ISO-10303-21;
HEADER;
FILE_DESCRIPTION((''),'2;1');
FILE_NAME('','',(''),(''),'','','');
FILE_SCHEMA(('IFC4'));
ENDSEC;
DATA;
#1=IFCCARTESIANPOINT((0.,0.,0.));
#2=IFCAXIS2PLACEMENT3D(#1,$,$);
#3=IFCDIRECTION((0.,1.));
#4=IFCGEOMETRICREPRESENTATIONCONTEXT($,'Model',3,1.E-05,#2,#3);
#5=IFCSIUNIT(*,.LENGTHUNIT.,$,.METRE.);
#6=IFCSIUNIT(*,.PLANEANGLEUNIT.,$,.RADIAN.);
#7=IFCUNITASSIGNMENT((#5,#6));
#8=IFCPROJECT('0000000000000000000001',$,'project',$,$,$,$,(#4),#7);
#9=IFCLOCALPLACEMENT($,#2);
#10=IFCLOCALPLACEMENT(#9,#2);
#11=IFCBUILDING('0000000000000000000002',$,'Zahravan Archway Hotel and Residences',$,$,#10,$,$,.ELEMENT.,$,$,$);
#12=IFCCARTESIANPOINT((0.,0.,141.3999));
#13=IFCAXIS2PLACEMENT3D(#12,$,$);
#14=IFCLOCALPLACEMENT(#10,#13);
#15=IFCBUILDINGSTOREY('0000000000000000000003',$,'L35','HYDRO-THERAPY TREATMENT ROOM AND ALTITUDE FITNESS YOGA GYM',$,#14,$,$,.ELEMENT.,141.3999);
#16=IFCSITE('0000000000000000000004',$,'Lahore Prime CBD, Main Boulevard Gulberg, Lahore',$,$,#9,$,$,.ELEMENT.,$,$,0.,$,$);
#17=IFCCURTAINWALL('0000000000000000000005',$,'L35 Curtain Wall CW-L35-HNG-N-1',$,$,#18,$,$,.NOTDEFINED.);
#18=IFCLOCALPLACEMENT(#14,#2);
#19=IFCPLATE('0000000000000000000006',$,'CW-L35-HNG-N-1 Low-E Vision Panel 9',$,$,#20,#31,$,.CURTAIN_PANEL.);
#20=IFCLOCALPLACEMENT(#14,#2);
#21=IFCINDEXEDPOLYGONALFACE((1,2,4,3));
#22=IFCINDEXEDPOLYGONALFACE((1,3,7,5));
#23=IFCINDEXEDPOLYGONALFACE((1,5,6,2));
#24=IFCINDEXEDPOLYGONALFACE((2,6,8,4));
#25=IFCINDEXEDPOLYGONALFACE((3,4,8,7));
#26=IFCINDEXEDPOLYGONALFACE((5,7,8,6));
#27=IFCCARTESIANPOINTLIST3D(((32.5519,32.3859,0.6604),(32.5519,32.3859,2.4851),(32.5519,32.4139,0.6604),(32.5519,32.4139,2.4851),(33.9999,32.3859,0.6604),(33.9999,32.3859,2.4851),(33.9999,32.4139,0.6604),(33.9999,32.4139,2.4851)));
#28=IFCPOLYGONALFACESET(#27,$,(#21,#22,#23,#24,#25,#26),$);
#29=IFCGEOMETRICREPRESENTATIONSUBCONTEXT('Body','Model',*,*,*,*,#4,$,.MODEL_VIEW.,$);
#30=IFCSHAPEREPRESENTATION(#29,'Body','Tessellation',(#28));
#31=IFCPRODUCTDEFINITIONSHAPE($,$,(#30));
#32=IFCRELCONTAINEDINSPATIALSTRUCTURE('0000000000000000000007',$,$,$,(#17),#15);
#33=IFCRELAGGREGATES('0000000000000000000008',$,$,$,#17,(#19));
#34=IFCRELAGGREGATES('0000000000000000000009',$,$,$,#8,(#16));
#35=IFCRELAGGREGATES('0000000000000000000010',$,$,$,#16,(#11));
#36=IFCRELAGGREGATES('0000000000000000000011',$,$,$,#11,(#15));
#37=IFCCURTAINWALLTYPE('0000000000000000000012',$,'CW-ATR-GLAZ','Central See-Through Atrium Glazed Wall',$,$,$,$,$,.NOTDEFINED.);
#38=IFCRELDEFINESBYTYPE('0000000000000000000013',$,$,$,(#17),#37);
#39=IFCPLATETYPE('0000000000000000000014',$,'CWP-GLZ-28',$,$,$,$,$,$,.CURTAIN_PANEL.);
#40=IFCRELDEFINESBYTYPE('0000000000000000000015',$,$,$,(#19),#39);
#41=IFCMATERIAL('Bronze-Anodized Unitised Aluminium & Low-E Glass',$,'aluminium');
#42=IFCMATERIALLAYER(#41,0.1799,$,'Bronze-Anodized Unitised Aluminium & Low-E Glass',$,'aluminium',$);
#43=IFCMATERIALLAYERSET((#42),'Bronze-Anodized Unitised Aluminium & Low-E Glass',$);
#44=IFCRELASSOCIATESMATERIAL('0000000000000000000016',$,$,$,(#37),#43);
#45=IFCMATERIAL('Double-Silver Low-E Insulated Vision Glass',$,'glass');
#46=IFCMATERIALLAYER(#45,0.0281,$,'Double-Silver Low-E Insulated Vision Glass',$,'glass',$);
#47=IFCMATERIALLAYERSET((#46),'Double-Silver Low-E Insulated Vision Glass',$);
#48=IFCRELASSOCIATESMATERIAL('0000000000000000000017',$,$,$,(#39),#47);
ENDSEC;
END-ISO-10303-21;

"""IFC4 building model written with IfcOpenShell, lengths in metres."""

from ifc_helpers import new_model, si_unit, direction, frame, origin, origin_2d, place, context, subcontext, project, spatial, rectangle, extrude, source, transform, mapped, material, layer, layer_set, type_object, element, aggregate, save


model = new_model("IFC4")

# Units and contexts
model_context = context("Model", 3, precision=1e-05, world=origin(), true_north=direction((0.0, 1.0)))
body_context = subcontext(model_context, "Body", "Model", "MODEL_VIEW")
ifc_project = project(units=[si_unit("LENGTHUNIT", "METRE"), si_unit("PLANEANGLEUNIT", "RADIAN")], contexts=[model_context])

# Site, building, storey
site_placement = place(None, origin())
site = spatial("IfcSite", under=ifc_project, at=site_placement, Name="Lahore Prime CBD, Main Boulevard Gulberg, Lahore", CompositionType="ELEMENT", RefElevation=0.0)
building_placement = place(site_placement, origin())
building = spatial("IfcBuilding", under=site, at=building_placement, Name="Zahravan Archway Hotel and Residences", CompositionType="ELEMENT")
storey_placement = place(building_placement, frame((0.0, 0.0, 141.3999)))
storey = spatial("IfcBuildingStorey", under=building, at=storey_placement, Name="L35", Description="HYDRO-THERAPY TREATMENT ROOM AND ALTITUDE FITNESS YOGA GYM", CompositionType="ELEMENT", Elevation=141.3999)

# Curtain wall
ifc_material_1 = material(Name="Bronze-Anodized Unitised Aluminium & Low-E Glass", Category="aluminium")
ifc_layer_1 = layer(ifc_material_1, 0.1799, Name="Bronze-Anodized Unitised Aluminium & Low-E Glass", Category="aluminium")
ifc_layer_set_1 = layer_set([ifc_layer_1], Name="Bronze-Anodized Unitised Aluminium & Low-E Glass")
curtain_wall_type = type_object("IfcCurtainWallType", Name="CW-ATR-GLAZ", Description="Central See-Through Atrium Glazed Wall", PredefinedType="NOTDEFINED", material=ifc_layer_set_1)
curtain_wall_1_placement = place(storey_placement, origin())
curtain_wall_1 = element("IfcCurtainWall", 1, at=curtain_wall_1_placement, inside=storey, type_object=curtain_wall_type, Name="L35 Curtain Wall CW-L35-HNG-N-1", PredefinedType="NOTDEFINED")

# Plate
ifc_material_2 = material(Name="Double-Silver Low-E Insulated Vision Glass", Category="glass")
ifc_layer_2 = layer(ifc_material_2, 0.0281, Name="Double-Silver Low-E Insulated Vision Glass", Category="glass")
ifc_layer_set_2 = layer_set([ifc_layer_2], Name="Double-Silver Low-E Insulated Vision Glass")
plate_type_1 = type_object("IfcPlateType", Name="CWP-GLZ-28", PredefinedType="CURTAIN_PANEL", material=ifc_layer_set_2)
shared_shape_1 = source(origin(), body_context, "Body", "SweptSolid", [
    extrude(rectangle(XDim=1.448, YDim=0.0281, at=origin_2d()), origin(), (0.0, 0.0, 1.0), 1.8247),
])
plate_1_placement = place(storey_placement, frame((33.2759, 32.3999, 0.6604), z_axis=(0.0, 0.0, 1.0), x_axis=(1.0, 0.0, 0.0)))
plate_1 = element("IfcPlate", 2, at=plate_1_placement, type_object=plate_type_1, Name="CW-L35-HNG-N-1 Low-E Vision Panel 9", PredefinedType="CURTAIN_PANEL", context=body_context, shape_type="MappedRepresentation", body=[
    mapped(shared_shape_1, transform((0.0, 0.0, 0.0), scale=1.0)),
])
aggregate(curtain_wall_1, [plate_1])

save(model, "model.ifc")
